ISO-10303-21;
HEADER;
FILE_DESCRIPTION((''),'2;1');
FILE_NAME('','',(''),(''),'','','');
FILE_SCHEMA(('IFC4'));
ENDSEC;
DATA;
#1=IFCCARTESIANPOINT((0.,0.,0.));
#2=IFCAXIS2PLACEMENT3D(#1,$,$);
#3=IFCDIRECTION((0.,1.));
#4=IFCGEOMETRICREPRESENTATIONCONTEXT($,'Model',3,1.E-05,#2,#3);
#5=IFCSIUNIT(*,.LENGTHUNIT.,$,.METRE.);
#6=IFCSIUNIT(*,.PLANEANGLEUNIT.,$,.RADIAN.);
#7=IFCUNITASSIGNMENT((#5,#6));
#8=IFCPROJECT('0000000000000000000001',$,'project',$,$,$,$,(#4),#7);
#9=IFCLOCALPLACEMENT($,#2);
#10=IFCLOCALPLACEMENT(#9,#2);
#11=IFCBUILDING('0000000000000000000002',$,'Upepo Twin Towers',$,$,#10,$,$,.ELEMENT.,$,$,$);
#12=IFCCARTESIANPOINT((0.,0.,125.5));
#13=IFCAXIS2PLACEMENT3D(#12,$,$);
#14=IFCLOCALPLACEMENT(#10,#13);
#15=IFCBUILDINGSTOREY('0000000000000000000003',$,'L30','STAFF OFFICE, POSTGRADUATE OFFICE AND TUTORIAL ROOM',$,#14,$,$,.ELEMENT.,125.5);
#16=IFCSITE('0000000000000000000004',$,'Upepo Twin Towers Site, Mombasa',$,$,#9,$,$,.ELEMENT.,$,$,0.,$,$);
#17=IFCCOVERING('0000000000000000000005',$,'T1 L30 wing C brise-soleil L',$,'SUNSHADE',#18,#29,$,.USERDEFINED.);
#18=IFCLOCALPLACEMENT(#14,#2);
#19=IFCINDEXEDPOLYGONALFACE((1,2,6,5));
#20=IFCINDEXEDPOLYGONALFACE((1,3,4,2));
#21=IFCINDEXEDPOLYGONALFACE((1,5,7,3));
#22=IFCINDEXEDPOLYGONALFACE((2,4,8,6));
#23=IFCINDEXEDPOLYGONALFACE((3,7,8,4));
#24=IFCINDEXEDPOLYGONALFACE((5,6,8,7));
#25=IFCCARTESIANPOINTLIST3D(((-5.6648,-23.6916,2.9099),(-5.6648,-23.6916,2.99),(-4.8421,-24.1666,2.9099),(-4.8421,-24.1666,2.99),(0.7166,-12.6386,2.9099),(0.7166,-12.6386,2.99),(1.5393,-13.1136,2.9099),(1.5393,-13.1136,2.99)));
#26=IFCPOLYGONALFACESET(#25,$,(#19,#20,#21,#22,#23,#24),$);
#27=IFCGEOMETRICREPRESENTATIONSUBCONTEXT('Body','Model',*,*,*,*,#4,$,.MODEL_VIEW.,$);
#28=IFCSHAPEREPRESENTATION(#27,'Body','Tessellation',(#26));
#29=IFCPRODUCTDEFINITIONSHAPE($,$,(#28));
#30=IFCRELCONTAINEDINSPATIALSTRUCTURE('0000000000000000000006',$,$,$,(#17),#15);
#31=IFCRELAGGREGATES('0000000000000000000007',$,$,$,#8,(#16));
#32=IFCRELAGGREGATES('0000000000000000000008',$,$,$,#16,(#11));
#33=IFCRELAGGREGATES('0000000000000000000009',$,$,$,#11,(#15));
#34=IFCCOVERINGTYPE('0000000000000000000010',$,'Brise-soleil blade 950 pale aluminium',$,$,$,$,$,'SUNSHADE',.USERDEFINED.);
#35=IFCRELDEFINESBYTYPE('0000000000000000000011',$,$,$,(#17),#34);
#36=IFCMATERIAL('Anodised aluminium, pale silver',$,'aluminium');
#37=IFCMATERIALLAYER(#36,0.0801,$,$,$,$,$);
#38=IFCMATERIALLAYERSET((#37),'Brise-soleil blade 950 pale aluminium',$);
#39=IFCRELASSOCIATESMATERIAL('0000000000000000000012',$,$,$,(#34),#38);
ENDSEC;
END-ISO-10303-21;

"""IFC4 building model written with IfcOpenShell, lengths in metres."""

from ifc_helpers import new_model, si_unit, direction, frame, origin, origin_2d, place, context, subcontext, project, spatial, rectangle, extrude, material, layer, layer_set, type_object, element, save


model = new_model("IFC4")

# Units and contexts
model_context = context("Model", 3, precision=1e-05, world=origin(), true_north=direction((0.0, 1.0)))
body_context = subcontext(model_context, "Body", "Model", "MODEL_VIEW")
ifc_project = project(units=[si_unit("LENGTHUNIT", "METRE"), si_unit("PLANEANGLEUNIT", "RADIAN")], contexts=[model_context])

# Site, building, storey
site_placement = place(None, origin())
site = spatial("IfcSite", under=ifc_project, at=site_placement, Name="Upepo Twin Towers Site, Mombasa", CompositionType="ELEMENT", RefElevation=0.0)
building_placement = place(site_placement, origin())
building = spatial("IfcBuilding", under=site, at=building_placement, Name="Upepo Twin Towers", CompositionType="ELEMENT")
storey_placement = place(building_placement, frame((0.0, 0.0, 125.5)))
storey = spatial("IfcBuildingStorey", under=building, at=storey_placement, Name="L30", Description="STAFF OFFICE, POSTGRADUATE OFFICE AND TUTORIAL ROOM", CompositionType="ELEMENT", Elevation=125.5)

# Covering
ifc_material_1 = material(Name="Anodised aluminium, pale silver", Category="aluminium")
ifc_layer_1 = layer(ifc_material_1, 0.0801)
ifc_layer_set_1 = layer_set([ifc_layer_1], Name="Brise-soleil blade 950 pale aluminium")
covering_type = type_object("IfcCoveringType", Name="Brise-soleil blade 950 pale aluminium", ElementType="SUNSHADE", PredefinedType="USERDEFINED", material=ifc_layer_set_1)
covering_placement = place(storey_placement, frame((-2.0627, -18.4026, 2.9099), z_axis=(0.0, 0.0, 1.0), x_axis=(-0.5, -0.866025, 0.0)))
element("IfcCovering", 1, at=covering_placement, inside=storey, type_object=covering_type, Name="T1 L30 wing C brise-soleil L", ObjectType="SUNSHADE", PredefinedType="USERDEFINED", context=body_context, shape_type="SweptSolid", body=[
    extrude(rectangle(XDim=12.7629, YDim=0.95, at=origin_2d()), origin(), (0.0, 0.0, 1.0), 0.0801),
])

save(model, "model.ifc")
